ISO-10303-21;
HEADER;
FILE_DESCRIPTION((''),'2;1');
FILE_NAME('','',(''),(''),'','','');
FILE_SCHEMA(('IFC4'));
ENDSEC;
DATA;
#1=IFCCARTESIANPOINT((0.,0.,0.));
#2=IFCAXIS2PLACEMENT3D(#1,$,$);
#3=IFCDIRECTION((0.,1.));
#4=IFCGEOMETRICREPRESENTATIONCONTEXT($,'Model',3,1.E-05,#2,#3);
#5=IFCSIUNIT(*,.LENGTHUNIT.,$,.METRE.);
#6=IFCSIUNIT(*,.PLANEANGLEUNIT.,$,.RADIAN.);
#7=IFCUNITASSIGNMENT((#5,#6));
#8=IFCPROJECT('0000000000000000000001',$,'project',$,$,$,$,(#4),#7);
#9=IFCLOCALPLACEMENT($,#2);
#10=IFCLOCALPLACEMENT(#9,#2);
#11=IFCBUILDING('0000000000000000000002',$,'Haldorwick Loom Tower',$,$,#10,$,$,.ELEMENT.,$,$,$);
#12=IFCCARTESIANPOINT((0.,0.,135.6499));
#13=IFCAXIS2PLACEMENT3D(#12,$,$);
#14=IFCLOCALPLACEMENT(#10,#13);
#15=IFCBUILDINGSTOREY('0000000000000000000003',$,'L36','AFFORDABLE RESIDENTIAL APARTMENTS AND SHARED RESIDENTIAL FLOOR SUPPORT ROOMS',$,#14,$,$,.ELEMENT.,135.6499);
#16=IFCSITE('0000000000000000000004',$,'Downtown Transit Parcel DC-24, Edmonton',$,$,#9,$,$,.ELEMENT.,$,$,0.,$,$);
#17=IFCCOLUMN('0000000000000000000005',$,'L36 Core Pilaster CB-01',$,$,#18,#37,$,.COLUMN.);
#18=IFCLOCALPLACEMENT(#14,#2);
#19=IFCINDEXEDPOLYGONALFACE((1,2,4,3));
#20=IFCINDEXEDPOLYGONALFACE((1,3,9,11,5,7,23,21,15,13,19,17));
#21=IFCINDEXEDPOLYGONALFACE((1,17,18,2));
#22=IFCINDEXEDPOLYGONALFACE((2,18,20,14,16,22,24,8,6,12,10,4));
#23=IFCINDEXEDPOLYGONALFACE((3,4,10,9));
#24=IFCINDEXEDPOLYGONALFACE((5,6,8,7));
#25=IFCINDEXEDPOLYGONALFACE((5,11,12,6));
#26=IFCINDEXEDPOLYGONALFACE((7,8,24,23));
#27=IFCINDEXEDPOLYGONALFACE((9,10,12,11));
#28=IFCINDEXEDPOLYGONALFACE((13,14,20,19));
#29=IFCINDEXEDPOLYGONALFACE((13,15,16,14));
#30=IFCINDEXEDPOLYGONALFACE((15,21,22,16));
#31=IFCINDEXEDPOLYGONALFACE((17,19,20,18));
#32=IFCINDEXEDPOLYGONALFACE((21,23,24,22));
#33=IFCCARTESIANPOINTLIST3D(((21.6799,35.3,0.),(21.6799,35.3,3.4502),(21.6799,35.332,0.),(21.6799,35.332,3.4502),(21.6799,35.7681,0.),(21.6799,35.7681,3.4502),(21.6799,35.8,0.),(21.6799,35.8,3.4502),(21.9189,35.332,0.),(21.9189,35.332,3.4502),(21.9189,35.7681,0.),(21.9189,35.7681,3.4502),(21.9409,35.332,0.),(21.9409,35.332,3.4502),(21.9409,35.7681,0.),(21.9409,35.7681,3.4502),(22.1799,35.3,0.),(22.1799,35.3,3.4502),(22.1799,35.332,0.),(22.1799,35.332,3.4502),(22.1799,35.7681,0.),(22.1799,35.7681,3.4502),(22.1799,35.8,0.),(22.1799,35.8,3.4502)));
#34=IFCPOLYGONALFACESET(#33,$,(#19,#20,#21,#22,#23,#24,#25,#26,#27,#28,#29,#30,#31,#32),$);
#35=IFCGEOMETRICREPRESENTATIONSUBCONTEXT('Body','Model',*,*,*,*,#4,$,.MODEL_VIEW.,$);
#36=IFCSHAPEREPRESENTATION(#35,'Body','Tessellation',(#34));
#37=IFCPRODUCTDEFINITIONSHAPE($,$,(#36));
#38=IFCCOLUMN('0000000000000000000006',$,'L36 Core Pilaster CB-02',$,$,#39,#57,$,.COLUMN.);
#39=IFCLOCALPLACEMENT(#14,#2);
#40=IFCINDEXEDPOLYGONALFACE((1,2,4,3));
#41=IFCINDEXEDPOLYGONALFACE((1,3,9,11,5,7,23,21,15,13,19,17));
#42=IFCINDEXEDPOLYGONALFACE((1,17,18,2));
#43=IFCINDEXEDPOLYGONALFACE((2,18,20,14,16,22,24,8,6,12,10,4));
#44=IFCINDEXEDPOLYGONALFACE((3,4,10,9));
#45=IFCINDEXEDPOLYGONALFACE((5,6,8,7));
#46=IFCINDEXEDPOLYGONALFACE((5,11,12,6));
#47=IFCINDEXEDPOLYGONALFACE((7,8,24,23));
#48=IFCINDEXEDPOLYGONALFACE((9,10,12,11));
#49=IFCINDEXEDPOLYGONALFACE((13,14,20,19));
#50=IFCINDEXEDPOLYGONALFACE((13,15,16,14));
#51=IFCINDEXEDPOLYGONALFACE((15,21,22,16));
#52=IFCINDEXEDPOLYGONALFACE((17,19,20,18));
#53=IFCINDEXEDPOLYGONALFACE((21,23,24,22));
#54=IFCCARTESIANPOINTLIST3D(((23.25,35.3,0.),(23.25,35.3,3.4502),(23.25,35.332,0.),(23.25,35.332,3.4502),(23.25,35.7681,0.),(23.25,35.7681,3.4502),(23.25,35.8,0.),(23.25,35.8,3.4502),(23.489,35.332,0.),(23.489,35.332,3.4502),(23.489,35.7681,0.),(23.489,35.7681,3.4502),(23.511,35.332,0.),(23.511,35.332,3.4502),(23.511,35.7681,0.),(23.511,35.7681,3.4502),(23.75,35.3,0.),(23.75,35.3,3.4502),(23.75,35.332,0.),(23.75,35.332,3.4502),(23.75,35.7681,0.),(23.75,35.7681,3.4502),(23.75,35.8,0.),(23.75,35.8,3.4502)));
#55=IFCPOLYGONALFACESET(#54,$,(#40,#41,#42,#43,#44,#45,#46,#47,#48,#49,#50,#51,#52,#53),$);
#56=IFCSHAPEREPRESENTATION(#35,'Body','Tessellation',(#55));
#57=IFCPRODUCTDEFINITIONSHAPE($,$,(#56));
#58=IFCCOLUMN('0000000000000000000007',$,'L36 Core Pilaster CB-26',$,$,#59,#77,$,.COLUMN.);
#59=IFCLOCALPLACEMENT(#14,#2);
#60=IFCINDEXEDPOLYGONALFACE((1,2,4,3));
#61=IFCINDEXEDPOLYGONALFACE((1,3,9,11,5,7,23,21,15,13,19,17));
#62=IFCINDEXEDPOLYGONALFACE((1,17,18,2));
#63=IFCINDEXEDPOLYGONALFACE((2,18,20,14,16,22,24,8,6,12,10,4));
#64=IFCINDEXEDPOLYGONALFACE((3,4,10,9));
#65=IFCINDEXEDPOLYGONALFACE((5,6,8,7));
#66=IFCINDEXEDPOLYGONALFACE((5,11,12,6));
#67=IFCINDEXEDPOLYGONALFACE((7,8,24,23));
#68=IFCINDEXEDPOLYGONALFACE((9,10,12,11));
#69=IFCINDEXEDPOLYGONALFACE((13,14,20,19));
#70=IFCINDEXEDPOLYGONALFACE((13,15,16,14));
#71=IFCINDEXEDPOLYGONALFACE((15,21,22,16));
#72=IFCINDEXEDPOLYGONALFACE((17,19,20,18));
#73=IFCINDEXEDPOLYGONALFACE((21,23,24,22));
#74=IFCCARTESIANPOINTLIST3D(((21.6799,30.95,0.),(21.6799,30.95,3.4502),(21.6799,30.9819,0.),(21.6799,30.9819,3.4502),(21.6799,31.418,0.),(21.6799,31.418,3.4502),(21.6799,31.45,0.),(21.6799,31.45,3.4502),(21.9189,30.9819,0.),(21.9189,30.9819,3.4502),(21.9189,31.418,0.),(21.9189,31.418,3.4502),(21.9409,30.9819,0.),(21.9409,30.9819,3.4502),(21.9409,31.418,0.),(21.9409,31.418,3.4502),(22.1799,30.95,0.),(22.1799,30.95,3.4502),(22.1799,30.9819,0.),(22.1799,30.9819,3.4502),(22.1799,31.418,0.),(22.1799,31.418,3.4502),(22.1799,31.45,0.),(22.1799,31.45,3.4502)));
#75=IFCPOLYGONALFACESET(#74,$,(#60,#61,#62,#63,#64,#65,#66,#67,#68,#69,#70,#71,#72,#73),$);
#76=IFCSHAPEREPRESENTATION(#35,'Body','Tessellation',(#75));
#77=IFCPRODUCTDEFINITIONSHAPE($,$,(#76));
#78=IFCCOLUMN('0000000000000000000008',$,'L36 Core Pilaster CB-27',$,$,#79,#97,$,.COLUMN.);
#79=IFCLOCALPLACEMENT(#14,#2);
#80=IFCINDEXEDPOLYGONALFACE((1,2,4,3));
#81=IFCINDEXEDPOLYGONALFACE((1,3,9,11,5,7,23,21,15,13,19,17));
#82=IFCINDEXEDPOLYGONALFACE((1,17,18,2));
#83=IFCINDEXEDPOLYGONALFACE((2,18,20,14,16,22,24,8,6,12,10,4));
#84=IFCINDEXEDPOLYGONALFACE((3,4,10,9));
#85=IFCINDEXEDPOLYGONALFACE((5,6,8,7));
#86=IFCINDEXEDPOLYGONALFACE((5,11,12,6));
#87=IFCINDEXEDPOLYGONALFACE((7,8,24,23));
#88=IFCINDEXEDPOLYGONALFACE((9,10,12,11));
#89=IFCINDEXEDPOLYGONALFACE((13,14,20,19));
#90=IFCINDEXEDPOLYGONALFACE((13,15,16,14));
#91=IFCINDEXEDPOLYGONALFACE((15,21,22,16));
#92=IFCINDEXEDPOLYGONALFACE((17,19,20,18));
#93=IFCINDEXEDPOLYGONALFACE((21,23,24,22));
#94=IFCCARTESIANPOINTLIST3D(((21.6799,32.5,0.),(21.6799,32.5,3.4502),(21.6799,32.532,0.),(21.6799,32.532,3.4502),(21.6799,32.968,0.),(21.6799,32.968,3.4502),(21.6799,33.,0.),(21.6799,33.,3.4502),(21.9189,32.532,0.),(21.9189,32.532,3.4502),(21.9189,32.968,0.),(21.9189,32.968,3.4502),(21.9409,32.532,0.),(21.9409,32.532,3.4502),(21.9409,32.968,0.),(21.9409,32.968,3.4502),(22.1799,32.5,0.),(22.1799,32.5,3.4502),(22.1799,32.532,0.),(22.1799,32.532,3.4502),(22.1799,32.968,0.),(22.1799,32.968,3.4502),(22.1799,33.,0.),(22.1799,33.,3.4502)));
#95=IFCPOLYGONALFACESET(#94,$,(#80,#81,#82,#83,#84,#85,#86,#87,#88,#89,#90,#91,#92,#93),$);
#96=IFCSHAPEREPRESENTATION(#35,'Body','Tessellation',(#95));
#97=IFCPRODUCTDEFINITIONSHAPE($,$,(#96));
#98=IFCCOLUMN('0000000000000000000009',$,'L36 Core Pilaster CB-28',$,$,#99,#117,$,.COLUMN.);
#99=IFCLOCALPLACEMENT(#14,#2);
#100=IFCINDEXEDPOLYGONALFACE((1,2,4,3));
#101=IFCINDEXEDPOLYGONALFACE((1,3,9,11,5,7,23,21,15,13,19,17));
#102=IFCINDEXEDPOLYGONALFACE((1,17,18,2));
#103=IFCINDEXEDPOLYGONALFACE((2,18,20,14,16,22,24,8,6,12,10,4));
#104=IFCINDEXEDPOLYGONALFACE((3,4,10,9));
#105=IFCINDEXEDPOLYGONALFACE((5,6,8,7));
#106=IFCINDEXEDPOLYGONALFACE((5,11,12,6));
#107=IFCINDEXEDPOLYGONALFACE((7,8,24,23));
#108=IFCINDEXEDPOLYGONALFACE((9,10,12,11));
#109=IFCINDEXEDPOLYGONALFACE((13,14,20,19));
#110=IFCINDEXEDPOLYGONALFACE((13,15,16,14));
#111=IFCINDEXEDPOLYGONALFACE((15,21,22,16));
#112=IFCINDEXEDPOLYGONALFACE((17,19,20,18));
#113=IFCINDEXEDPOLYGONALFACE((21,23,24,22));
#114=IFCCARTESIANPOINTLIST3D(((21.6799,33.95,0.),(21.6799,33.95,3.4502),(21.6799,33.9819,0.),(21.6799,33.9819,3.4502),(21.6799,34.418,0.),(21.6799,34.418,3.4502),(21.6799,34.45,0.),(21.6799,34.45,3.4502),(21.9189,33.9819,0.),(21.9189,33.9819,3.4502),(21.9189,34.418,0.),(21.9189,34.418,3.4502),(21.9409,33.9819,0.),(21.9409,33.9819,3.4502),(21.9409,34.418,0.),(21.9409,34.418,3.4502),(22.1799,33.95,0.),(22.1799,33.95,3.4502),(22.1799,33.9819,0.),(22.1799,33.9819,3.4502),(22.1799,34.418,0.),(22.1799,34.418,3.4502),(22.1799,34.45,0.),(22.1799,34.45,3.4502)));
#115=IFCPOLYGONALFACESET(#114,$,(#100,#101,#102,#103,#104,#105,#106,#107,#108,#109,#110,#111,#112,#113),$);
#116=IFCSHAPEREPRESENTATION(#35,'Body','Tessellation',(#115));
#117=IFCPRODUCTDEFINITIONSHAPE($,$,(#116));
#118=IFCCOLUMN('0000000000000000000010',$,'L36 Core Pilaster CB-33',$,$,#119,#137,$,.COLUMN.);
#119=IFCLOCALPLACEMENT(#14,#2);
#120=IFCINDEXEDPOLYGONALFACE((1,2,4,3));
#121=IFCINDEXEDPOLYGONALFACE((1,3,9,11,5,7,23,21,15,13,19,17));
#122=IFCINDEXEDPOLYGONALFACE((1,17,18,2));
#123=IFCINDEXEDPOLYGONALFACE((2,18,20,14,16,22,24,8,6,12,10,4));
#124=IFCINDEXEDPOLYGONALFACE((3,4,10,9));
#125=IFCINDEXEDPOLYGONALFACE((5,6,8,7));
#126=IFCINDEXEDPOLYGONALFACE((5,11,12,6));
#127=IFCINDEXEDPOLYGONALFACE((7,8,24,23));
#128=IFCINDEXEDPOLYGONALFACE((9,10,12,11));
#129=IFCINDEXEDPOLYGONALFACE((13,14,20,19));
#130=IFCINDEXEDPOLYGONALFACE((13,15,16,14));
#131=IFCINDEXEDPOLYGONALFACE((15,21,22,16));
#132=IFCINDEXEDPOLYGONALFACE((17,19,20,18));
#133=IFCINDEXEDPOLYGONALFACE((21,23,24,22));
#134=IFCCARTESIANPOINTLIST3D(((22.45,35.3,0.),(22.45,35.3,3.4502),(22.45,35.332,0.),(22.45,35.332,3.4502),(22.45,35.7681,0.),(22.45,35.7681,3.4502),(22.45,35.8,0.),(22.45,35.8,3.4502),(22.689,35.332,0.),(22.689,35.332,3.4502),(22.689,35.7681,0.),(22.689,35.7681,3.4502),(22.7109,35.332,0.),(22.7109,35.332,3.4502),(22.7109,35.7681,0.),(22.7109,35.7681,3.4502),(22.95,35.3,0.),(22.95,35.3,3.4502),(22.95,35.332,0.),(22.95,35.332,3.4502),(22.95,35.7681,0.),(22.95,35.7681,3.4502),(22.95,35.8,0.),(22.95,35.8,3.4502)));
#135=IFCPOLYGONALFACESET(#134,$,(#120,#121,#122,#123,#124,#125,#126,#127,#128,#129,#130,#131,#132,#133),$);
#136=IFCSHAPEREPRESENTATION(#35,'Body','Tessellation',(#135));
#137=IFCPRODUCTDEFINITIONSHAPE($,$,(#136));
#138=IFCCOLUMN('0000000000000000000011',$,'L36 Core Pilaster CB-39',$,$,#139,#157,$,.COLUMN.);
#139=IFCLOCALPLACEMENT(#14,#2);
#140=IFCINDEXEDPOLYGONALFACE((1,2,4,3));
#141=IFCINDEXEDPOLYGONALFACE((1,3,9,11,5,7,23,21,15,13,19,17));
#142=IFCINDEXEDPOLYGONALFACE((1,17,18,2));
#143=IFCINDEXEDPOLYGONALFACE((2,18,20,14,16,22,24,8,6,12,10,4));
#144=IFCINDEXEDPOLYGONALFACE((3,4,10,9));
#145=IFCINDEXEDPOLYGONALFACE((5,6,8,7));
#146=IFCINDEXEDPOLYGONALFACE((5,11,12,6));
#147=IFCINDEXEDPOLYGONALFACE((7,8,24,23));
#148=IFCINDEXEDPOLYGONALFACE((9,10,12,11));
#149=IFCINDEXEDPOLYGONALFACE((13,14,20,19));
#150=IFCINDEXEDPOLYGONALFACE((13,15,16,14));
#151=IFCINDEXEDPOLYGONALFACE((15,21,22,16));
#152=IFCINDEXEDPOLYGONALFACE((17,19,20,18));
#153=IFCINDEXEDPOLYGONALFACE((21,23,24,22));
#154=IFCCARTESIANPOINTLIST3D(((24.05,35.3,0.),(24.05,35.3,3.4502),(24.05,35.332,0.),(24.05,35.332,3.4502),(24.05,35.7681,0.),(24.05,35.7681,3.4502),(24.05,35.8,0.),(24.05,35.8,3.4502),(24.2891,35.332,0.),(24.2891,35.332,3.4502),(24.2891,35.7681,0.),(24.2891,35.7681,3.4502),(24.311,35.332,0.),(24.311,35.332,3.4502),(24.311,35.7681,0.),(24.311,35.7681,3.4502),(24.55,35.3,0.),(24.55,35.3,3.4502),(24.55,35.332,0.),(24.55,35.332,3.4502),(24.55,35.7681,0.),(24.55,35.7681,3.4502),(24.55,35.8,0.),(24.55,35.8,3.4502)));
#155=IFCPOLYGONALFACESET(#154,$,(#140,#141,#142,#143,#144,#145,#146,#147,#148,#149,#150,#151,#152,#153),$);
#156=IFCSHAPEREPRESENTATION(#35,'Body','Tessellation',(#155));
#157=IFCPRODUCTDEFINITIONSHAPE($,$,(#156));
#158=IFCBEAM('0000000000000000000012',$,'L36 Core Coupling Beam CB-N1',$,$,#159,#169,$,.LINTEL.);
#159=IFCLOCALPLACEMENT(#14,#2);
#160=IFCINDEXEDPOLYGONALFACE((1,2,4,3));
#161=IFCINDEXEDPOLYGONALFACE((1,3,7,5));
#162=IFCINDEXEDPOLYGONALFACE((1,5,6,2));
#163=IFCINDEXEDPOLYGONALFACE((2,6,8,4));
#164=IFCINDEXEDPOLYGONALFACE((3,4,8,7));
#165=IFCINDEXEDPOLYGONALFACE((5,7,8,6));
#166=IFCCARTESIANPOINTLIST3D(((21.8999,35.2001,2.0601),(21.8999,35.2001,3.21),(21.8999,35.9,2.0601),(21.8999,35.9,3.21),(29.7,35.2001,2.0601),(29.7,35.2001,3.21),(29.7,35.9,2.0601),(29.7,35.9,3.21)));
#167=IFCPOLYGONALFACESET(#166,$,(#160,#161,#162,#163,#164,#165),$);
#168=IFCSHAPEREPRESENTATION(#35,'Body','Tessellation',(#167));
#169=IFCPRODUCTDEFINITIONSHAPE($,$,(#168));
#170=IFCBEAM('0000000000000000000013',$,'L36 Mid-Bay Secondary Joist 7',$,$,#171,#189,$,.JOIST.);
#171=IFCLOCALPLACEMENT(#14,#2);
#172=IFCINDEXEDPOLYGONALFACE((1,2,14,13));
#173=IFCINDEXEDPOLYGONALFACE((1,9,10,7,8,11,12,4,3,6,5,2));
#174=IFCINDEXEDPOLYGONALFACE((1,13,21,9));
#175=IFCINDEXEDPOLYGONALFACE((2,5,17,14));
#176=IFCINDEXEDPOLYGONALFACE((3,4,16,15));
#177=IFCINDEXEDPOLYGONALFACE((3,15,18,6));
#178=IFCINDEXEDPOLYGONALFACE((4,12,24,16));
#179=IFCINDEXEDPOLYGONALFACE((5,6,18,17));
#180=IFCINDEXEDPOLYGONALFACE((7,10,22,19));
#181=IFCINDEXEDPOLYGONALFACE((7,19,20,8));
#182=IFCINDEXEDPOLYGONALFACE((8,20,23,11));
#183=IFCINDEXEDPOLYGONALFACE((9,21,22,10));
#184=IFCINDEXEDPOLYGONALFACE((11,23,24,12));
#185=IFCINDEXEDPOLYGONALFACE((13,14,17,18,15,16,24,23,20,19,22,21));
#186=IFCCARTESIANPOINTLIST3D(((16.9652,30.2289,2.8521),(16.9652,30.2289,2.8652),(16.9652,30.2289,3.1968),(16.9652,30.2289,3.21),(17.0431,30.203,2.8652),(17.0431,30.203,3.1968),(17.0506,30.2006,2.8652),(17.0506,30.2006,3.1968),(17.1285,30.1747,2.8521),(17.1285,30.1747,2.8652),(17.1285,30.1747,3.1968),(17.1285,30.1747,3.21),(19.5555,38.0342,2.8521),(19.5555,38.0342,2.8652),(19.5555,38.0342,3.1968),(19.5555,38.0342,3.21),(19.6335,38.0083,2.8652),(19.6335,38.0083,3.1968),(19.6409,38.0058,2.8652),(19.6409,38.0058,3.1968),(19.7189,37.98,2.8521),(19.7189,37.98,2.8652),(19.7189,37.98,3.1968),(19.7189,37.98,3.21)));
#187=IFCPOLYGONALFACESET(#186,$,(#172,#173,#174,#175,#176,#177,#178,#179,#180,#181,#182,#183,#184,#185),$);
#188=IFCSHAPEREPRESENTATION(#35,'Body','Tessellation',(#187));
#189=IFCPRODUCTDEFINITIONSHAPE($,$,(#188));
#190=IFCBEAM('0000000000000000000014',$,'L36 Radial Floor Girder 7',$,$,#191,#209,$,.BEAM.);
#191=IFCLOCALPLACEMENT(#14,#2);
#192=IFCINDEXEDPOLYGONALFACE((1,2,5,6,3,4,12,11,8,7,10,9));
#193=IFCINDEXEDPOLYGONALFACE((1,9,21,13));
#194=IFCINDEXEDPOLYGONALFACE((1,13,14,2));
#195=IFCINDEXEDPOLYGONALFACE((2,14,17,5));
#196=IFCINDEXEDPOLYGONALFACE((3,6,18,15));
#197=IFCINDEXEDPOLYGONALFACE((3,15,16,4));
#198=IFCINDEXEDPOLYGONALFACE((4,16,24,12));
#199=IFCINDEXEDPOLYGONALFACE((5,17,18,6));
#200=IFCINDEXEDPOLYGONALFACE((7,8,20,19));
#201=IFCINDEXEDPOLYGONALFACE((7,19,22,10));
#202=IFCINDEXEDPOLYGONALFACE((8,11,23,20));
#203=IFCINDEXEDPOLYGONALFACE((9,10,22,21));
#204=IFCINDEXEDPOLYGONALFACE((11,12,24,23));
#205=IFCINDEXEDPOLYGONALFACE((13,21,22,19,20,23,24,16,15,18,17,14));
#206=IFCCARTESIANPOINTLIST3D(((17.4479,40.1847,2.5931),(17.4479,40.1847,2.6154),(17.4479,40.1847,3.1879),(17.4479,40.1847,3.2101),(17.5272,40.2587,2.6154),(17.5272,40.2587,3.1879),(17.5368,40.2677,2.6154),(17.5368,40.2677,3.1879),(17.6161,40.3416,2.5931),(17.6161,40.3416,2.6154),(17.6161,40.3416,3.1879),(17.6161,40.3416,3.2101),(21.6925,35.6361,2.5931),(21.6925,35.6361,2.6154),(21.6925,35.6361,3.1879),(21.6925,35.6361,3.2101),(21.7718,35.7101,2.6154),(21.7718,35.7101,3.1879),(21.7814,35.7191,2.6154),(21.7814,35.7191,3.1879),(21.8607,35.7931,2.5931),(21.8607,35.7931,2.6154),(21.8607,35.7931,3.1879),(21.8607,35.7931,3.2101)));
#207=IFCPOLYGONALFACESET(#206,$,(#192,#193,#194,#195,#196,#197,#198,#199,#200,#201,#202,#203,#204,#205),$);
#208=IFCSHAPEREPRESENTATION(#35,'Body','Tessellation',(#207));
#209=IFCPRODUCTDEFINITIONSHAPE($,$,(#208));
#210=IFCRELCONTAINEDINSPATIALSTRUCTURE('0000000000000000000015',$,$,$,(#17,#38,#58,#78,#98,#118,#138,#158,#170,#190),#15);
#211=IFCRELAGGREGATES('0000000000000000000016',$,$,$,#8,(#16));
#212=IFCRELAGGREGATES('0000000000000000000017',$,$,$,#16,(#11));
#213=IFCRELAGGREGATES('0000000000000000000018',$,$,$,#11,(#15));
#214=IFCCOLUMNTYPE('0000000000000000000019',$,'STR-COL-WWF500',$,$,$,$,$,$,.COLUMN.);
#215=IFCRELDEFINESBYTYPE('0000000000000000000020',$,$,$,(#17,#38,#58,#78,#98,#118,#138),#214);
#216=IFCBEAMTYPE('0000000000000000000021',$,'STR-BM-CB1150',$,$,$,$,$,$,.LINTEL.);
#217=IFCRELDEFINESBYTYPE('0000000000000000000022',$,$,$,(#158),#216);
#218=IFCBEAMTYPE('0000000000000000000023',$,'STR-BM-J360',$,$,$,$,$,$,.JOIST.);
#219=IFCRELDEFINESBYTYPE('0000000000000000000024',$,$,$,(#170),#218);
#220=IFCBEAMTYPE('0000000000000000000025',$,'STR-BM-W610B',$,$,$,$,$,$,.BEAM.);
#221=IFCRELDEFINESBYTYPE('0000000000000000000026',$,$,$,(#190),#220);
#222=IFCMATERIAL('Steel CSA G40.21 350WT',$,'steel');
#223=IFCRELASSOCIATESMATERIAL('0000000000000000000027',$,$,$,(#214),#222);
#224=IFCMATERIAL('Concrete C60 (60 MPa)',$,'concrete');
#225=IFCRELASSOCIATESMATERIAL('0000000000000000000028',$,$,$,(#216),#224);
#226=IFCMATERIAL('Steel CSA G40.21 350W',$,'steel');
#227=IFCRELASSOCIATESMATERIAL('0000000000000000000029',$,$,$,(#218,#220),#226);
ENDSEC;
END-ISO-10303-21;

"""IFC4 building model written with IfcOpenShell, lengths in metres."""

from ifc_helpers import new_model, si_unit, direction, frame, origin, origin_2d, place, context, subcontext, project, spatial, rectangle, i_section, extrude, material, material_profile, profile_set, type_object, element, save


model = new_model("IFC4")

# Units and contexts
model_context = context("Model", 3, precision=1e-05, world=origin(), true_north=direction((0.0, 1.0)))
body_context = subcontext(model_context, "Body", "Model", "MODEL_VIEW")
ifc_project = project(units=[si_unit("LENGTHUNIT", "METRE"), si_unit("PLANEANGLEUNIT", "RADIAN")], contexts=[model_context])

# Site, building, storey
site_placement = place(None, origin())
site = spatial("IfcSite", under=ifc_project, at=site_placement, Name="Downtown Transit Parcel DC-24, Edmonton", CompositionType="ELEMENT", RefElevation=0.0)
building_placement = place(site_placement, origin())
building = spatial("IfcBuilding", under=site, at=building_placement, Name="Haldorwick Loom Tower", CompositionType="ELEMENT")
storey_placement = place(building_placement, frame((0.0, 0.0, 135.6499)))
storey = spatial("IfcBuildingStorey", under=building, at=storey_placement, Name="L36", Description="AFFORDABLE RESIDENTIAL APARTMENTS AND SHARED RESIDENTIAL FLOOR SUPPORT ROOMS", CompositionType="ELEMENT", Elevation=135.6499)

# Columns
ifc_material_1 = material(Name="Steel CSA G40.21 350WT", Category="steel")
ifc_material_profile_1 = material_profile(ifc_material_1, i_section(OverallWidth=0.5, OverallDepth=0.5, WebThickness=0.022, FlangeThickness=0.032, at=origin_2d()), Name="WWF500X500", Category="steel")
ifc_profile_set_1 = profile_set([ifc_material_profile_1], Name="Steel CSA G40.21 350WT")
column_type = type_object("IfcColumnType", Name="STR-COL-WWF500", PredefinedType="COLUMN", material=ifc_profile_set_1)
for number, where, z_axis, x_axis, name in (
    (1, (21.9299, 35.55, 0.0), (0.0, 0.0, 1.0), (1.0, 0.0, 0.0), "L36 Core Pilaster CB-01"),
    (2, (23.5, 35.55, 0.0), (0.0, 0.0, 1.0), (1.0, 0.0, 0.0), "L36 Core Pilaster CB-02"),
    (3, (21.9299, 31.2, 0.0), (0.0, 0.0, 1.0), (1.0, 0.0, 0.0), "L36 Core Pilaster CB-26"),
    (4, (21.9299, 32.75, 0.0), (0.0, 0.0, 1.0), (1.0, 0.0, 0.0), "L36 Core Pilaster CB-27"),
    (5, (21.9299, 34.2, 0.0), (0.0, 0.0, 1.0), (1.0, 0.0, 0.0), "L36 Core Pilaster CB-28"),
    (6, (22.7, 35.55, 0.0), (0.0, 0.0, 1.0), (1.0, 0.0, 0.0), "L36 Core Pilaster CB-33"),
    (7, (24.3, 35.55, 0.0), (0.0, 0.0, 1.0), (1.0, 0.0, 0.0), "L36 Core Pilaster CB-39"),
):
    element("IfcColumn", number, at=place(storey_placement, frame(where, z_axis=z_axis, x_axis=x_axis)), inside=storey, type_object=column_type, Name=name, PredefinedType="COLUMN", context=body_context, shape_type="SweptSolid", body=[
        extrude(i_section(OverallWidth=0.5, OverallDepth=0.5, WebThickness=0.022, FlangeThickness=0.032, at=origin_2d()), origin(), (0.0, 0.0, 1.0), 3.4502),
    ])

# Beams
ifc_material_2 = material(Name="Concrete C60 (60 MPa)", Category="concrete")
ifc_material_profile_2 = material_profile(ifc_material_2, rectangle(XDim=0.7, YDim=1.1499, at=origin_2d()), Name="RC700X1150", Category="concrete")
ifc_profile_set_2 = profile_set([ifc_material_profile_2], Name="Concrete C60 (60 MPa)")
beam_type_1 = type_object("IfcBeamType", Name="STR-BM-CB1150", PredefinedType="LINTEL", material=ifc_profile_set_2)
beam_1_placement = place(storey_placement, frame((21.8999, 35.55, 2.635), z_axis=(1.0, 0.0, 0.0), x_axis=(0.0, 1.0, 0.0)))
element("IfcBeam", 8, at=beam_1_placement, inside=storey, type_object=beam_type_1, Name="L36 Core Coupling Beam CB-N1", PredefinedType="LINTEL", context=body_context, shape_type="SweptSolid", body=[
    extrude(rectangle(XDim=0.7, YDim=1.1499, at=origin_2d()), origin(), (0.0, 0.0, 1.0), 7.8),
])
ifc_material_3 = material(Name="Steel CSA G40.21 350W", Category="steel")
ifc_material_profile_3 = material_profile(ifc_material_3, i_section(OverallWidth=0.1721, OverallDepth=0.3579, WebThickness=0.0078, FlangeThickness=0.0132, at=origin_2d()), Name="W360X57", Category="steel")
ifc_profile_set_3 = profile_set([ifc_material_profile_3], Name="Steel CSA G40.21 350W")
beam_type_2 = type_object("IfcBeamType", Name="STR-BM-J360", PredefinedType="JOIST", material=ifc_profile_set_3)
beam_2_placement = place(storey_placement, frame((19.6372, 38.0071, 3.031), z_axis=(-0.314981, -0.949098, 0.0), x_axis=(0.949098, -0.314981, 0.0)))
element("IfcBeam", 9, at=beam_2_placement, inside=storey, type_object=beam_type_2, Name="L36 Mid-Bay Secondary Joist 7", PredefinedType="JOIST", context=body_context, shape_type="SweptSolid", body=[
    extrude(i_section(OverallWidth=0.1721, OverallDepth=0.3579, WebThickness=0.0078, FlangeThickness=0.0132, at=origin_2d()), origin(), (0.0, 0.0, 1.0), 8.2239),
])
ifc_material_profile_4 = material_profile(ifc_material_3, i_section(OverallWidth=0.23, OverallDepth=0.6169, WebThickness=0.0132, FlangeThickness=0.0222, at=origin_2d()), Name="W610X140", Category="steel")
ifc_profile_set_4 = profile_set([ifc_material_profile_4], Name="Steel CSA G40.21 350W")
beam_type_3 = type_object("IfcBeamType", Name="STR-BM-W610B", PredefinedType="BEAM", material=ifc_profile_set_4)
beam_3_placement = place(storey_placement, frame((21.7766, 35.7146, 2.9016), z_axis=(-0.682257, 0.731113, 0.0), x_axis=(-0.731113, -0.682257, 0.0)))
element("IfcBeam", 10, at=beam_3_placement, inside=storey, type_object=beam_type_3, Name="L36 Radial Floor Girder 7", PredefinedType="BEAM", context=body_context, shape_type="SweptSolid", body=[
    extrude(i_section(OverallWidth=0.23, OverallDepth=0.6169, WebThickness=0.0132, FlangeThickness=0.0222, at=origin_2d()), origin(), (0.0, 0.0, 1.0), 6.2214),
])

save(model, "model.ifc")
